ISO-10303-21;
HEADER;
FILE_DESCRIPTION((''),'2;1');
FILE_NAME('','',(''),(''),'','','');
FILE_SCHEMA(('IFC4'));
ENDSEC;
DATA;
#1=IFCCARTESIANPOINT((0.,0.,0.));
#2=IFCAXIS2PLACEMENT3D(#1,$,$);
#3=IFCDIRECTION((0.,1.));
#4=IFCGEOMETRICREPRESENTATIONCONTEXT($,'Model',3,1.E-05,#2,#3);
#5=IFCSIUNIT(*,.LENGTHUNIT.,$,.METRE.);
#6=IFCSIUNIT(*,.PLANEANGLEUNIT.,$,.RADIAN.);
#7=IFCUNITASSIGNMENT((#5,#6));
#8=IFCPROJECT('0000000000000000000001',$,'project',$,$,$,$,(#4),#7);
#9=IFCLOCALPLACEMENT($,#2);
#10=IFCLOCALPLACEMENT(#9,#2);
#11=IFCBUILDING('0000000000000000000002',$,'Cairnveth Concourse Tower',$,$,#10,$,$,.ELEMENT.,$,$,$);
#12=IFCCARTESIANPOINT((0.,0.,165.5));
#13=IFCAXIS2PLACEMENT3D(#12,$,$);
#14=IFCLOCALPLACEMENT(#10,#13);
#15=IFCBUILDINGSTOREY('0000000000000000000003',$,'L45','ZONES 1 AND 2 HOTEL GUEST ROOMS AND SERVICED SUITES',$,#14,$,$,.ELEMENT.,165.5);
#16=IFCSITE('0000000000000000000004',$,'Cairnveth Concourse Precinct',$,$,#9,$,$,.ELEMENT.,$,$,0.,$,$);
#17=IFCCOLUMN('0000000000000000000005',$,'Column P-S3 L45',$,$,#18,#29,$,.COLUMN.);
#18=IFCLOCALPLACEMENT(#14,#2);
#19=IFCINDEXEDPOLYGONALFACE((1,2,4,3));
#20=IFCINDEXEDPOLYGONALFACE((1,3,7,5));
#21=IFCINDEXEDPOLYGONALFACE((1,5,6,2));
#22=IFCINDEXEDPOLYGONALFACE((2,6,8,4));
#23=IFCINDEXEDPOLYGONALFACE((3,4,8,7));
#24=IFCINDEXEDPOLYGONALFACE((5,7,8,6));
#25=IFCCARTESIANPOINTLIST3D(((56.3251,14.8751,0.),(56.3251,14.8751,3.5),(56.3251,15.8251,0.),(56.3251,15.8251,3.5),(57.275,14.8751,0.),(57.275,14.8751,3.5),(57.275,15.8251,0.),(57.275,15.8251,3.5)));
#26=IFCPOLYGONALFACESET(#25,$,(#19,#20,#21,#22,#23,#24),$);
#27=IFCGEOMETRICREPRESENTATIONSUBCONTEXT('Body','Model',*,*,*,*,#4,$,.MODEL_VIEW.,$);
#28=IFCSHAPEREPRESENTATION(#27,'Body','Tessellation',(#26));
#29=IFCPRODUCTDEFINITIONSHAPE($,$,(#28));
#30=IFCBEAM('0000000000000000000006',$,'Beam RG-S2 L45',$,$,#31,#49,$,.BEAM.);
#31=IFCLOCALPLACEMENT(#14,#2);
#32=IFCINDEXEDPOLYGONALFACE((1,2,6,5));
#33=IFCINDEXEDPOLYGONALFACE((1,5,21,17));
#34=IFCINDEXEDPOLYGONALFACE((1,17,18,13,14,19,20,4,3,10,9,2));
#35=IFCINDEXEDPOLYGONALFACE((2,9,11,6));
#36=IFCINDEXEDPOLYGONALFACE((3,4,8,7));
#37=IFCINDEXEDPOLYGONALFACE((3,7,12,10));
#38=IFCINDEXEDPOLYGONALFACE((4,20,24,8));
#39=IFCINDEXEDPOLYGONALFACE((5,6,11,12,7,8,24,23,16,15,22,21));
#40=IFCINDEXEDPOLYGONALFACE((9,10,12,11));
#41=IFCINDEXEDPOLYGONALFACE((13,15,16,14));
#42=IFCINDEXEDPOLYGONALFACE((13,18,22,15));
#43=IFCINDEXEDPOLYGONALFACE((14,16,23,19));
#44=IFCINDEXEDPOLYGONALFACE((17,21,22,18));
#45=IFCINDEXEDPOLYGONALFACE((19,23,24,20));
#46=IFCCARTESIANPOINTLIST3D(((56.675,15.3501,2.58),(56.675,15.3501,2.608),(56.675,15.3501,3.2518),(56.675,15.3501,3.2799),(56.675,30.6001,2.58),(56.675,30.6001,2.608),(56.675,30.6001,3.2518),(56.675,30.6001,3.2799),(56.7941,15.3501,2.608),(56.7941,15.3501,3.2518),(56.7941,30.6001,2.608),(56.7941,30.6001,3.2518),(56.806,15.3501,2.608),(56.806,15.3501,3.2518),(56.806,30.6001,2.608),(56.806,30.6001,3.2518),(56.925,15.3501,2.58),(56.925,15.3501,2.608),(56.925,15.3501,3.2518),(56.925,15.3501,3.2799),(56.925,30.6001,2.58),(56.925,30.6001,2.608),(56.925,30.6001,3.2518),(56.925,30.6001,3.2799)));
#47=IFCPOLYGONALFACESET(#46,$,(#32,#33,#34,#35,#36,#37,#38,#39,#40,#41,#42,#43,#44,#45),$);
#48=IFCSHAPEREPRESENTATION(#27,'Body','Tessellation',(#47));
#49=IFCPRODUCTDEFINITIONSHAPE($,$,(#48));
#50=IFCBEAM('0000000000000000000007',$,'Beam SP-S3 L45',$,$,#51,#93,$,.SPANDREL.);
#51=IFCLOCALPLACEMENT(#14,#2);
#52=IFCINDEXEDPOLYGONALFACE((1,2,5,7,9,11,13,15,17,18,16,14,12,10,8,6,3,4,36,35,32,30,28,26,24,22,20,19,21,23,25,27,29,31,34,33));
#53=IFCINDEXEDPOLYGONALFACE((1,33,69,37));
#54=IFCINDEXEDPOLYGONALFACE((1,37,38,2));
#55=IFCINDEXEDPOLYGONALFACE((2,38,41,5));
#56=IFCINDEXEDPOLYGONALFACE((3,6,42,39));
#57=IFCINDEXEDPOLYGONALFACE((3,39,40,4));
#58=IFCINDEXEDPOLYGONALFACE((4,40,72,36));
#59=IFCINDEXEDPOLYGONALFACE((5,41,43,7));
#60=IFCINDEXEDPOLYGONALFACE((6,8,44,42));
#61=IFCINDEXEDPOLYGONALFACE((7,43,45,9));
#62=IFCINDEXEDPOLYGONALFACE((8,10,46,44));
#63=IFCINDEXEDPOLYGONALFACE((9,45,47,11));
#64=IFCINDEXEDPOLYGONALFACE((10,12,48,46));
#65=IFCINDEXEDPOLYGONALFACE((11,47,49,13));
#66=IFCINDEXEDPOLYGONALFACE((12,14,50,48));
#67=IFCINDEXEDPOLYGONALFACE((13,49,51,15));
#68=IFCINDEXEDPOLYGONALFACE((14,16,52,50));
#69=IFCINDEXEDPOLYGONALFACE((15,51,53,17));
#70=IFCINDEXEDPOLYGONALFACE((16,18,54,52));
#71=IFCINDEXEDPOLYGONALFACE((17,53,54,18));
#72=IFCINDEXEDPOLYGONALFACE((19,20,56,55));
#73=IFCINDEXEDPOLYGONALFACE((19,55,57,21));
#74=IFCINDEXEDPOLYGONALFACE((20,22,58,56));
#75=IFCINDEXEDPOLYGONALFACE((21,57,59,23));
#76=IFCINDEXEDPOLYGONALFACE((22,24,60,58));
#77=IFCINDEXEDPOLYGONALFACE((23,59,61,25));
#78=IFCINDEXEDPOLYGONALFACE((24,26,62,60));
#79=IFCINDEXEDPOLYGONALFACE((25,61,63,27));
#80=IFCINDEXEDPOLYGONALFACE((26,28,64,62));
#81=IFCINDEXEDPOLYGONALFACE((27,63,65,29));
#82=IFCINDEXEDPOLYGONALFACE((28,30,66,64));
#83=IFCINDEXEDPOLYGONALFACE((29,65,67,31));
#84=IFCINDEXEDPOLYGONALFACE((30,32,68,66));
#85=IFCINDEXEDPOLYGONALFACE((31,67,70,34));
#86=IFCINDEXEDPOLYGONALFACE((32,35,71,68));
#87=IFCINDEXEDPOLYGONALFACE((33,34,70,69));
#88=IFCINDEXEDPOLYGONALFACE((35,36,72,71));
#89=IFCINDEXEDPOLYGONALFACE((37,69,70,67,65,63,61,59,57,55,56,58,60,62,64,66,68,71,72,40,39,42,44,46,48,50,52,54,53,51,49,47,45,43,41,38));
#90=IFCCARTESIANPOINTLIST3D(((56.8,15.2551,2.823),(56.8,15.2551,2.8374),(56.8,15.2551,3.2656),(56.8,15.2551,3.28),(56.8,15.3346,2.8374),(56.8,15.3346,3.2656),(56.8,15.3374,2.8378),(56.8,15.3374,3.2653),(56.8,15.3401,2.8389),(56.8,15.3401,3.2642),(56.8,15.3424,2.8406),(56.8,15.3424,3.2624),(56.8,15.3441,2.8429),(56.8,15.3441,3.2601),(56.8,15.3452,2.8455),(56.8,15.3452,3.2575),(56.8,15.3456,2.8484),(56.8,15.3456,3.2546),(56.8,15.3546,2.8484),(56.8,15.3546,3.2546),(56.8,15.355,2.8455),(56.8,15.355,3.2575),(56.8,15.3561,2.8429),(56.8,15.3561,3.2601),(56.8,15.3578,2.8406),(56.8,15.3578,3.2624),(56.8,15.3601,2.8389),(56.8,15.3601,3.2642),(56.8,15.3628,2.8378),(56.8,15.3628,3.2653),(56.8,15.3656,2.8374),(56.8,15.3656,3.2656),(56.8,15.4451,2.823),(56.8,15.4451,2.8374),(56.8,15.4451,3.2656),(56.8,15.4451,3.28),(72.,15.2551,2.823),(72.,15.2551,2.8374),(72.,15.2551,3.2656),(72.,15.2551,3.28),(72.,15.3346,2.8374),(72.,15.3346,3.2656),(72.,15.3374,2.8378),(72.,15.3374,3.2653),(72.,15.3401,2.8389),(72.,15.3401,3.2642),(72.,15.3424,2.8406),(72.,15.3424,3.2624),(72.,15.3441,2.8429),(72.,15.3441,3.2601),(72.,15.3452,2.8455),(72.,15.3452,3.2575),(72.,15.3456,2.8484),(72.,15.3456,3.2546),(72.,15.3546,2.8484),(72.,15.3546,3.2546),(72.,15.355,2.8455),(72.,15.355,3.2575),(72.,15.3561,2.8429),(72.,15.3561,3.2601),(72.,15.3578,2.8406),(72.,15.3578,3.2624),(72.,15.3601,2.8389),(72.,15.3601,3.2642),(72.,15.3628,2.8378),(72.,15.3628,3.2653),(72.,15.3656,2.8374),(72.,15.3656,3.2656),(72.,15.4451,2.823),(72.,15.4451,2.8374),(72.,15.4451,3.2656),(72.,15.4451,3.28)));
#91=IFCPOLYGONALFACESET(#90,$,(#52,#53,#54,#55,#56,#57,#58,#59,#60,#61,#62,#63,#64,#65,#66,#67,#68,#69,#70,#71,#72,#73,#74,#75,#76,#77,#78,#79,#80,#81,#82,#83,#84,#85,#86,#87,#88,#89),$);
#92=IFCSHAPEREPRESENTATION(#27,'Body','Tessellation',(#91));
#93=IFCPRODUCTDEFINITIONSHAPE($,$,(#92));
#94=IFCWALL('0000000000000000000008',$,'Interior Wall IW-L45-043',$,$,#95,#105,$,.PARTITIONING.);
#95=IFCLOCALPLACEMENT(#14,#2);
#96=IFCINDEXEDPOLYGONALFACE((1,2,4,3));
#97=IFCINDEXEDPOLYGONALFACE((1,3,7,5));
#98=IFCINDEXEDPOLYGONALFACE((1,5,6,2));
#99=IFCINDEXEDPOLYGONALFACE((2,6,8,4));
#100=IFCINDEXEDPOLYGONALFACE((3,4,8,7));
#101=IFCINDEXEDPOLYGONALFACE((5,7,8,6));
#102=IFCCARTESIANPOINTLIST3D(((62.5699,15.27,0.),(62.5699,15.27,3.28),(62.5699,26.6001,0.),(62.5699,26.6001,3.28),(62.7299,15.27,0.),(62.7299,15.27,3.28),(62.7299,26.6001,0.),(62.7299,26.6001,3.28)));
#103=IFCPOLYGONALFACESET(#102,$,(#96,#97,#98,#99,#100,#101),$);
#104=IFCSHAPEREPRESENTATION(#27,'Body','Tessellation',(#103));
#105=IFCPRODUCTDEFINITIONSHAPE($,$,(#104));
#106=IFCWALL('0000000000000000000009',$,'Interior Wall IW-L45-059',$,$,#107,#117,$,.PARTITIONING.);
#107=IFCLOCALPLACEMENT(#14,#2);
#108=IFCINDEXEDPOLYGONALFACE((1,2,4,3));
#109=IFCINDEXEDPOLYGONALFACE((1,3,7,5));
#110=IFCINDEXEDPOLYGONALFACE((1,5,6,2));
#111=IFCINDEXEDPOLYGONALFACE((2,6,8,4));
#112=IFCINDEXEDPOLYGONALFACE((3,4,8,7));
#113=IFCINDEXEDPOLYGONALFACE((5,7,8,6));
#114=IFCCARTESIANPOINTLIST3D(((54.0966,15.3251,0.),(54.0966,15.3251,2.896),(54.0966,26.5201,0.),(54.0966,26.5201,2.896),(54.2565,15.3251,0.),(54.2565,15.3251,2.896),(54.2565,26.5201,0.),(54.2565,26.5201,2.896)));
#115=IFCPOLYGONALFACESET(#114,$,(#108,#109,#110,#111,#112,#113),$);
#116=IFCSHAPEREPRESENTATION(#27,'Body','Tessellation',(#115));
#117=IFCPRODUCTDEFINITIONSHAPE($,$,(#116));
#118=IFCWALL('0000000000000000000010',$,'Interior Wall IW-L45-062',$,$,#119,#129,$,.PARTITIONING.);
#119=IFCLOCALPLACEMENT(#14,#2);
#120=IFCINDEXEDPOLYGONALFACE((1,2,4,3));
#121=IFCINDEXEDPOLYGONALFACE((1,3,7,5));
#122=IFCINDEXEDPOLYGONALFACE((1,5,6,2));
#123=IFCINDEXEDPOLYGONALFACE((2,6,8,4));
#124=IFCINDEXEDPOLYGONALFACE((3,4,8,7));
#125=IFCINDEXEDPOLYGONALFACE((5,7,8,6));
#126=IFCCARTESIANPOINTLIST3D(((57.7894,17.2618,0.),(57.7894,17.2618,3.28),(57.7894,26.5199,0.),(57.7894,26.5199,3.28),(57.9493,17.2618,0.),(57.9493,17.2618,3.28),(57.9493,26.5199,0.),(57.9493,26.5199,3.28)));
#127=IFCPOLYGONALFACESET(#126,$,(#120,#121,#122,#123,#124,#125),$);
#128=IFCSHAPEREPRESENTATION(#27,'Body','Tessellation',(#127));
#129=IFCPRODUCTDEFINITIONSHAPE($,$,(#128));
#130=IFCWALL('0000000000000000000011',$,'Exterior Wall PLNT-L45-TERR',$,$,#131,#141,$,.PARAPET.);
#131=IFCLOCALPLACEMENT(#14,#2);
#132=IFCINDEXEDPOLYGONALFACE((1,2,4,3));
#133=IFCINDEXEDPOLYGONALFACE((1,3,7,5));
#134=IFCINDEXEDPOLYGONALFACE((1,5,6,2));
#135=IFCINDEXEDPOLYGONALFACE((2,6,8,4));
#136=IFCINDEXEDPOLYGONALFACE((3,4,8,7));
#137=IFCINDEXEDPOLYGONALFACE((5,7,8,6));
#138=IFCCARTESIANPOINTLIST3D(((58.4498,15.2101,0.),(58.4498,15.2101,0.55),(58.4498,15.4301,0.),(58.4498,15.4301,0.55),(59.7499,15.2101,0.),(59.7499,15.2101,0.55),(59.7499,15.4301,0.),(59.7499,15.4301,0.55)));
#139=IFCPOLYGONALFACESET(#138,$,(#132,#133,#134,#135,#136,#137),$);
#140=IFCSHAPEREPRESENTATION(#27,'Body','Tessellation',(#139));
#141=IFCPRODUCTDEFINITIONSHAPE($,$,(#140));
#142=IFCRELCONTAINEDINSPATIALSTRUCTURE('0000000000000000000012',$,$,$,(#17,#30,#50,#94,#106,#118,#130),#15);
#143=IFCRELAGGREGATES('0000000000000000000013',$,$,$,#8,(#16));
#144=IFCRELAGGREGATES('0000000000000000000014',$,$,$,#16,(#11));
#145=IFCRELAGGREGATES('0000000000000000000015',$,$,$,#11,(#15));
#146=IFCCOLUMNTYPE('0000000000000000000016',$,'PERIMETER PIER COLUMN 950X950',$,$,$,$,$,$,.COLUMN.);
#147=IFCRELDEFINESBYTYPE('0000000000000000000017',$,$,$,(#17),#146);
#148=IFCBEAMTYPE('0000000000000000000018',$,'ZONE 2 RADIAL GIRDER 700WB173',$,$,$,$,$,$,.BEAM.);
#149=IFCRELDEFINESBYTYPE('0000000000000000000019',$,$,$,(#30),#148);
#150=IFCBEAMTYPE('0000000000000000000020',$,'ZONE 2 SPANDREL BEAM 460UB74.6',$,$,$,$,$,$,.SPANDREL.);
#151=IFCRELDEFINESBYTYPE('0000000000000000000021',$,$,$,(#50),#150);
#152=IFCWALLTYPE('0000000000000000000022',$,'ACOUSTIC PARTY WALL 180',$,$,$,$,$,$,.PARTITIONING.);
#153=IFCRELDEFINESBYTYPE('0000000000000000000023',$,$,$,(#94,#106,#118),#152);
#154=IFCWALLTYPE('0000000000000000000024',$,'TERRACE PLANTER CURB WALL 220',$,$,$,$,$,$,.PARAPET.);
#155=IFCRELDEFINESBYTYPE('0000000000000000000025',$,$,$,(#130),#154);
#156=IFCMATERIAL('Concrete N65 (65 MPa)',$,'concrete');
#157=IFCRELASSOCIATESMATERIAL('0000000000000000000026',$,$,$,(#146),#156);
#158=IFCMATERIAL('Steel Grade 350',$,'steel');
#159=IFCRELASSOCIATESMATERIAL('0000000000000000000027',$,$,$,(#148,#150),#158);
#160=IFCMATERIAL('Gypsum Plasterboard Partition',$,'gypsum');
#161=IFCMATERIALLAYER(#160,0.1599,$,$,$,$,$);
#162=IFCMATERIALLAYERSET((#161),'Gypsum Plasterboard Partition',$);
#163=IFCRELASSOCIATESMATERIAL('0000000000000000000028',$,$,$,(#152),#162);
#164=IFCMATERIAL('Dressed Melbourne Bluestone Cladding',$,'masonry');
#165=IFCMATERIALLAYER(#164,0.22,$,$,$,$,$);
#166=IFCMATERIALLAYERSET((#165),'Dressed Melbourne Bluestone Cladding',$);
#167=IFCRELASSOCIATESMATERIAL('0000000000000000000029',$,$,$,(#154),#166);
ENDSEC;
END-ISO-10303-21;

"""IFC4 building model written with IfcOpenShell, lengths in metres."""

from ifc_helpers import new_model, si_unit, direction, frame, frame_2d, origin, origin_2d, place, context, subcontext, project, spatial, rectangle, i_section, extrude, material, layer, layer_set, material_profile, profile_set, type_object, element, save


model = new_model("IFC4")

# Units and contexts
model_context = context("Model", 3, precision=1e-05, world=origin(), true_north=direction((0.0, 1.0)))
body_context = subcontext(model_context, "Body", "Model", "MODEL_VIEW")
ifc_project = project(units=[si_unit("LENGTHUNIT", "METRE"), si_unit("PLANEANGLEUNIT", "RADIAN")], contexts=[model_context])

# Site, building, storey
site_placement = place(None, origin())
site = spatial("IfcSite", under=ifc_project, at=site_placement, Name="Cairnveth Concourse Precinct", CompositionType="ELEMENT", RefElevation=0.0)
building_placement = place(site_placement, origin())
building = spatial("IfcBuilding", under=site, at=building_placement, Name="Cairnveth Concourse Tower", CompositionType="ELEMENT")
storey_placement = place(building_placement, frame((0.0, 0.0, 165.5)))
storey = spatial("IfcBuildingStorey", under=building, at=storey_placement, Name="L45", Description="ZONES 1 AND 2 HOTEL GUEST ROOMS AND SERVICED SUITES", CompositionType="ELEMENT", Elevation=165.5)

# Column
ifc_material_1 = material(Name="Concrete N65 (65 MPa)", Category="concrete")
ifc_material_profile_1 = material_profile(ifc_material_1, rectangle(XDim=0.95, YDim=0.95, at=origin_2d()), Name="RC-COL-950x950")
ifc_profile_set_1 = profile_set([ifc_material_profile_1], Name="Concrete N65 (65 MPa)")
column_type = type_object("IfcColumnType", Name="PERIMETER PIER COLUMN 950X950", PredefinedType="COLUMN", material=ifc_profile_set_1)
column_placement = place(storey_placement, frame((56.8, 15.3501, 0.0), z_axis=(0.0, 0.0, 1.0), x_axis=(1.0, 0.0, 0.0)))
element("IfcColumn", 1, at=column_placement, inside=storey, type_object=column_type, Name="Column P-S3 L45", PredefinedType="COLUMN", context=body_context, shape_type="SweptSolid", body=[
    extrude(rectangle(XDim=0.95, YDim=0.95, at=origin_2d()), origin(), (0.0, 0.0, 1.0), 3.5),
])

# Beams
ifc_material_2 = material(Name="Steel Grade 350", Category="steel")
ifc_material_profile_2 = material_profile(ifc_material_2, i_section(OverallWidth=0.25, OverallDepth=0.7, WebThickness=0.012, FlangeThickness=0.0281, at=origin_2d()), Name="700WB173")
ifc_profile_set_2 = profile_set([ifc_material_profile_2], Name="Steel Grade 350")
beam_type_1 = type_object("IfcBeamType", Name="ZONE 2 RADIAL GIRDER 700WB173", PredefinedType="BEAM", material=ifc_profile_set_2)
beam_1_placement = place(storey_placement, frame((56.8, 15.3501, 2.9299), z_axis=(0.0, 1.0, 0.0), x_axis=(-1.0, 0.0, 0.0)))
element("IfcBeam", 2, at=beam_1_placement, inside=storey, type_object=beam_type_1, Name="Beam RG-S2 L45", PredefinedType="BEAM", context=body_context, shape_type="SweptSolid", body=[
    extrude(i_section(OverallWidth=0.25, OverallDepth=0.7, WebThickness=0.012, FlangeThickness=0.0281, at=origin_2d()), origin(), (0.0, 0.0, 1.0), 15.25),
])
ifc_material_profile_3 = material_profile(ifc_material_2, i_section(OverallWidth=0.1899, OverallDepth=0.457, WebThickness=0.009, FlangeThickness=0.0144, FilletRadius=0.011, at=origin_2d()), Name="460UB74.6")
ifc_profile_set_3 = profile_set([ifc_material_profile_3], Name="Steel Grade 350")
beam_type_2 = type_object("IfcBeamType", Name="ZONE 2 SPANDREL BEAM 460UB74.6", PredefinedType="SPANDREL", material=ifc_profile_set_3)
beam_2_placement = place(storey_placement, frame((56.8, 15.3501, 3.0515), z_axis=(1.0, 0.0, 0.0), x_axis=(0.0, 1.0, 0.0)))
element("IfcBeam", 3, at=beam_2_placement, inside=storey, type_object=beam_type_2, Name="Beam SP-S3 L45", PredefinedType="SPANDREL", context=body_context, shape_type="SweptSolid", body=[
    extrude(i_section(OverallWidth=0.1899, OverallDepth=0.457, WebThickness=0.009, FlangeThickness=0.0144, FilletRadius=0.011, at=origin_2d()), origin(), (0.0, 0.0, 1.0), 15.2),
])

# Walls
ifc_material_3 = material(Name="Gypsum Plasterboard Partition", Category="gypsum")
ifc_layer_1 = layer(ifc_material_3, 0.1599)
ifc_layer_set_1 = layer_set([ifc_layer_1], Name="Gypsum Plasterboard Partition")
wall_type_1 = type_object("IfcWallType", Name="ACOUSTIC PARTY WALL 180", PredefinedType="PARTITIONING", material=ifc_layer_set_1)
wall_1_placement = place(storey_placement, frame((62.6499, 15.27, 0.0), z_axis=(0.0, 0.0, 1.0), x_axis=(0.0, 1.0, 0.0)))
element("IfcWall", 4, at=wall_1_placement, inside=storey, type_object=wall_type_1, Name="Interior Wall IW-L45-043", PredefinedType="PARTITIONING", context=body_context, shape_type="SweptSolid", body=[
    extrude(rectangle(XDim=11.3301, YDim=0.1599, at=frame_2d((5.665, 0.0))), origin(), (0.0, 0.0, 1.0), 3.28),
])
wall_2_placement = place(storey_placement, frame((54.1765, 15.325, 0.0), z_axis=(0.0, 0.0, 1.0), x_axis=(0.0, 1.0, 0.0)))
element("IfcWall", 5, at=wall_2_placement, inside=storey, type_object=wall_type_1, Name="Interior Wall IW-L45-059", PredefinedType="PARTITIONING", context=body_context, shape_type="SweptSolid", body=[
    extrude(rectangle(XDim=11.1951, YDim=0.1599, at=frame_2d((5.5977, 0.0))), origin(), (0.0, 0.0, 1.0), 2.896),
])
wall_3_placement = place(storey_placement, frame((57.8694, 17.262, 0.0), z_axis=(0.0, 0.0, 1.0), x_axis=(0.0, 1.0, 0.0)))
element("IfcWall", 6, at=wall_3_placement, inside=storey, type_object=wall_type_1, Name="Interior Wall IW-L45-062", PredefinedType="PARTITIONING", context=body_context, shape_type="SweptSolid", body=[
    extrude(rectangle(XDim=9.2581, YDim=0.1599, at=frame_2d((4.6289, 0.0))), origin(), (0.0, 0.0, 1.0), 3.28),
])
ifc_material_4 = material(Name="Dressed Melbourne Bluestone Cladding", Category="masonry")
ifc_layer_2 = layer(ifc_material_4, 0.22)
ifc_layer_set_2 = layer_set([ifc_layer_2], Name="Dressed Melbourne Bluestone Cladding")
wall_type_2 = type_object("IfcWallType", Name="TERRACE PLANTER CURB WALL 220", PredefinedType="PARAPET", material=ifc_layer_set_2)
wall_4_placement = place(storey_placement, frame((58.45, 15.3201, 0.0), z_axis=(0.0, 0.0, 1.0), x_axis=(1.0, 0.0, 0.0)))
element("IfcWall", 7, at=wall_4_placement, inside=storey, type_object=wall_type_2, Name="Exterior Wall PLNT-L45-TERR", PredefinedType="PARAPET", context=body_context, shape_type="SweptSolid", body=[
    extrude(rectangle(XDim=1.3, YDim=0.22, at=frame_2d((0.6499, 0.0))), origin(), (0.0, 0.0, 1.0), 0.55),
])

save(model, "model.ifc")
